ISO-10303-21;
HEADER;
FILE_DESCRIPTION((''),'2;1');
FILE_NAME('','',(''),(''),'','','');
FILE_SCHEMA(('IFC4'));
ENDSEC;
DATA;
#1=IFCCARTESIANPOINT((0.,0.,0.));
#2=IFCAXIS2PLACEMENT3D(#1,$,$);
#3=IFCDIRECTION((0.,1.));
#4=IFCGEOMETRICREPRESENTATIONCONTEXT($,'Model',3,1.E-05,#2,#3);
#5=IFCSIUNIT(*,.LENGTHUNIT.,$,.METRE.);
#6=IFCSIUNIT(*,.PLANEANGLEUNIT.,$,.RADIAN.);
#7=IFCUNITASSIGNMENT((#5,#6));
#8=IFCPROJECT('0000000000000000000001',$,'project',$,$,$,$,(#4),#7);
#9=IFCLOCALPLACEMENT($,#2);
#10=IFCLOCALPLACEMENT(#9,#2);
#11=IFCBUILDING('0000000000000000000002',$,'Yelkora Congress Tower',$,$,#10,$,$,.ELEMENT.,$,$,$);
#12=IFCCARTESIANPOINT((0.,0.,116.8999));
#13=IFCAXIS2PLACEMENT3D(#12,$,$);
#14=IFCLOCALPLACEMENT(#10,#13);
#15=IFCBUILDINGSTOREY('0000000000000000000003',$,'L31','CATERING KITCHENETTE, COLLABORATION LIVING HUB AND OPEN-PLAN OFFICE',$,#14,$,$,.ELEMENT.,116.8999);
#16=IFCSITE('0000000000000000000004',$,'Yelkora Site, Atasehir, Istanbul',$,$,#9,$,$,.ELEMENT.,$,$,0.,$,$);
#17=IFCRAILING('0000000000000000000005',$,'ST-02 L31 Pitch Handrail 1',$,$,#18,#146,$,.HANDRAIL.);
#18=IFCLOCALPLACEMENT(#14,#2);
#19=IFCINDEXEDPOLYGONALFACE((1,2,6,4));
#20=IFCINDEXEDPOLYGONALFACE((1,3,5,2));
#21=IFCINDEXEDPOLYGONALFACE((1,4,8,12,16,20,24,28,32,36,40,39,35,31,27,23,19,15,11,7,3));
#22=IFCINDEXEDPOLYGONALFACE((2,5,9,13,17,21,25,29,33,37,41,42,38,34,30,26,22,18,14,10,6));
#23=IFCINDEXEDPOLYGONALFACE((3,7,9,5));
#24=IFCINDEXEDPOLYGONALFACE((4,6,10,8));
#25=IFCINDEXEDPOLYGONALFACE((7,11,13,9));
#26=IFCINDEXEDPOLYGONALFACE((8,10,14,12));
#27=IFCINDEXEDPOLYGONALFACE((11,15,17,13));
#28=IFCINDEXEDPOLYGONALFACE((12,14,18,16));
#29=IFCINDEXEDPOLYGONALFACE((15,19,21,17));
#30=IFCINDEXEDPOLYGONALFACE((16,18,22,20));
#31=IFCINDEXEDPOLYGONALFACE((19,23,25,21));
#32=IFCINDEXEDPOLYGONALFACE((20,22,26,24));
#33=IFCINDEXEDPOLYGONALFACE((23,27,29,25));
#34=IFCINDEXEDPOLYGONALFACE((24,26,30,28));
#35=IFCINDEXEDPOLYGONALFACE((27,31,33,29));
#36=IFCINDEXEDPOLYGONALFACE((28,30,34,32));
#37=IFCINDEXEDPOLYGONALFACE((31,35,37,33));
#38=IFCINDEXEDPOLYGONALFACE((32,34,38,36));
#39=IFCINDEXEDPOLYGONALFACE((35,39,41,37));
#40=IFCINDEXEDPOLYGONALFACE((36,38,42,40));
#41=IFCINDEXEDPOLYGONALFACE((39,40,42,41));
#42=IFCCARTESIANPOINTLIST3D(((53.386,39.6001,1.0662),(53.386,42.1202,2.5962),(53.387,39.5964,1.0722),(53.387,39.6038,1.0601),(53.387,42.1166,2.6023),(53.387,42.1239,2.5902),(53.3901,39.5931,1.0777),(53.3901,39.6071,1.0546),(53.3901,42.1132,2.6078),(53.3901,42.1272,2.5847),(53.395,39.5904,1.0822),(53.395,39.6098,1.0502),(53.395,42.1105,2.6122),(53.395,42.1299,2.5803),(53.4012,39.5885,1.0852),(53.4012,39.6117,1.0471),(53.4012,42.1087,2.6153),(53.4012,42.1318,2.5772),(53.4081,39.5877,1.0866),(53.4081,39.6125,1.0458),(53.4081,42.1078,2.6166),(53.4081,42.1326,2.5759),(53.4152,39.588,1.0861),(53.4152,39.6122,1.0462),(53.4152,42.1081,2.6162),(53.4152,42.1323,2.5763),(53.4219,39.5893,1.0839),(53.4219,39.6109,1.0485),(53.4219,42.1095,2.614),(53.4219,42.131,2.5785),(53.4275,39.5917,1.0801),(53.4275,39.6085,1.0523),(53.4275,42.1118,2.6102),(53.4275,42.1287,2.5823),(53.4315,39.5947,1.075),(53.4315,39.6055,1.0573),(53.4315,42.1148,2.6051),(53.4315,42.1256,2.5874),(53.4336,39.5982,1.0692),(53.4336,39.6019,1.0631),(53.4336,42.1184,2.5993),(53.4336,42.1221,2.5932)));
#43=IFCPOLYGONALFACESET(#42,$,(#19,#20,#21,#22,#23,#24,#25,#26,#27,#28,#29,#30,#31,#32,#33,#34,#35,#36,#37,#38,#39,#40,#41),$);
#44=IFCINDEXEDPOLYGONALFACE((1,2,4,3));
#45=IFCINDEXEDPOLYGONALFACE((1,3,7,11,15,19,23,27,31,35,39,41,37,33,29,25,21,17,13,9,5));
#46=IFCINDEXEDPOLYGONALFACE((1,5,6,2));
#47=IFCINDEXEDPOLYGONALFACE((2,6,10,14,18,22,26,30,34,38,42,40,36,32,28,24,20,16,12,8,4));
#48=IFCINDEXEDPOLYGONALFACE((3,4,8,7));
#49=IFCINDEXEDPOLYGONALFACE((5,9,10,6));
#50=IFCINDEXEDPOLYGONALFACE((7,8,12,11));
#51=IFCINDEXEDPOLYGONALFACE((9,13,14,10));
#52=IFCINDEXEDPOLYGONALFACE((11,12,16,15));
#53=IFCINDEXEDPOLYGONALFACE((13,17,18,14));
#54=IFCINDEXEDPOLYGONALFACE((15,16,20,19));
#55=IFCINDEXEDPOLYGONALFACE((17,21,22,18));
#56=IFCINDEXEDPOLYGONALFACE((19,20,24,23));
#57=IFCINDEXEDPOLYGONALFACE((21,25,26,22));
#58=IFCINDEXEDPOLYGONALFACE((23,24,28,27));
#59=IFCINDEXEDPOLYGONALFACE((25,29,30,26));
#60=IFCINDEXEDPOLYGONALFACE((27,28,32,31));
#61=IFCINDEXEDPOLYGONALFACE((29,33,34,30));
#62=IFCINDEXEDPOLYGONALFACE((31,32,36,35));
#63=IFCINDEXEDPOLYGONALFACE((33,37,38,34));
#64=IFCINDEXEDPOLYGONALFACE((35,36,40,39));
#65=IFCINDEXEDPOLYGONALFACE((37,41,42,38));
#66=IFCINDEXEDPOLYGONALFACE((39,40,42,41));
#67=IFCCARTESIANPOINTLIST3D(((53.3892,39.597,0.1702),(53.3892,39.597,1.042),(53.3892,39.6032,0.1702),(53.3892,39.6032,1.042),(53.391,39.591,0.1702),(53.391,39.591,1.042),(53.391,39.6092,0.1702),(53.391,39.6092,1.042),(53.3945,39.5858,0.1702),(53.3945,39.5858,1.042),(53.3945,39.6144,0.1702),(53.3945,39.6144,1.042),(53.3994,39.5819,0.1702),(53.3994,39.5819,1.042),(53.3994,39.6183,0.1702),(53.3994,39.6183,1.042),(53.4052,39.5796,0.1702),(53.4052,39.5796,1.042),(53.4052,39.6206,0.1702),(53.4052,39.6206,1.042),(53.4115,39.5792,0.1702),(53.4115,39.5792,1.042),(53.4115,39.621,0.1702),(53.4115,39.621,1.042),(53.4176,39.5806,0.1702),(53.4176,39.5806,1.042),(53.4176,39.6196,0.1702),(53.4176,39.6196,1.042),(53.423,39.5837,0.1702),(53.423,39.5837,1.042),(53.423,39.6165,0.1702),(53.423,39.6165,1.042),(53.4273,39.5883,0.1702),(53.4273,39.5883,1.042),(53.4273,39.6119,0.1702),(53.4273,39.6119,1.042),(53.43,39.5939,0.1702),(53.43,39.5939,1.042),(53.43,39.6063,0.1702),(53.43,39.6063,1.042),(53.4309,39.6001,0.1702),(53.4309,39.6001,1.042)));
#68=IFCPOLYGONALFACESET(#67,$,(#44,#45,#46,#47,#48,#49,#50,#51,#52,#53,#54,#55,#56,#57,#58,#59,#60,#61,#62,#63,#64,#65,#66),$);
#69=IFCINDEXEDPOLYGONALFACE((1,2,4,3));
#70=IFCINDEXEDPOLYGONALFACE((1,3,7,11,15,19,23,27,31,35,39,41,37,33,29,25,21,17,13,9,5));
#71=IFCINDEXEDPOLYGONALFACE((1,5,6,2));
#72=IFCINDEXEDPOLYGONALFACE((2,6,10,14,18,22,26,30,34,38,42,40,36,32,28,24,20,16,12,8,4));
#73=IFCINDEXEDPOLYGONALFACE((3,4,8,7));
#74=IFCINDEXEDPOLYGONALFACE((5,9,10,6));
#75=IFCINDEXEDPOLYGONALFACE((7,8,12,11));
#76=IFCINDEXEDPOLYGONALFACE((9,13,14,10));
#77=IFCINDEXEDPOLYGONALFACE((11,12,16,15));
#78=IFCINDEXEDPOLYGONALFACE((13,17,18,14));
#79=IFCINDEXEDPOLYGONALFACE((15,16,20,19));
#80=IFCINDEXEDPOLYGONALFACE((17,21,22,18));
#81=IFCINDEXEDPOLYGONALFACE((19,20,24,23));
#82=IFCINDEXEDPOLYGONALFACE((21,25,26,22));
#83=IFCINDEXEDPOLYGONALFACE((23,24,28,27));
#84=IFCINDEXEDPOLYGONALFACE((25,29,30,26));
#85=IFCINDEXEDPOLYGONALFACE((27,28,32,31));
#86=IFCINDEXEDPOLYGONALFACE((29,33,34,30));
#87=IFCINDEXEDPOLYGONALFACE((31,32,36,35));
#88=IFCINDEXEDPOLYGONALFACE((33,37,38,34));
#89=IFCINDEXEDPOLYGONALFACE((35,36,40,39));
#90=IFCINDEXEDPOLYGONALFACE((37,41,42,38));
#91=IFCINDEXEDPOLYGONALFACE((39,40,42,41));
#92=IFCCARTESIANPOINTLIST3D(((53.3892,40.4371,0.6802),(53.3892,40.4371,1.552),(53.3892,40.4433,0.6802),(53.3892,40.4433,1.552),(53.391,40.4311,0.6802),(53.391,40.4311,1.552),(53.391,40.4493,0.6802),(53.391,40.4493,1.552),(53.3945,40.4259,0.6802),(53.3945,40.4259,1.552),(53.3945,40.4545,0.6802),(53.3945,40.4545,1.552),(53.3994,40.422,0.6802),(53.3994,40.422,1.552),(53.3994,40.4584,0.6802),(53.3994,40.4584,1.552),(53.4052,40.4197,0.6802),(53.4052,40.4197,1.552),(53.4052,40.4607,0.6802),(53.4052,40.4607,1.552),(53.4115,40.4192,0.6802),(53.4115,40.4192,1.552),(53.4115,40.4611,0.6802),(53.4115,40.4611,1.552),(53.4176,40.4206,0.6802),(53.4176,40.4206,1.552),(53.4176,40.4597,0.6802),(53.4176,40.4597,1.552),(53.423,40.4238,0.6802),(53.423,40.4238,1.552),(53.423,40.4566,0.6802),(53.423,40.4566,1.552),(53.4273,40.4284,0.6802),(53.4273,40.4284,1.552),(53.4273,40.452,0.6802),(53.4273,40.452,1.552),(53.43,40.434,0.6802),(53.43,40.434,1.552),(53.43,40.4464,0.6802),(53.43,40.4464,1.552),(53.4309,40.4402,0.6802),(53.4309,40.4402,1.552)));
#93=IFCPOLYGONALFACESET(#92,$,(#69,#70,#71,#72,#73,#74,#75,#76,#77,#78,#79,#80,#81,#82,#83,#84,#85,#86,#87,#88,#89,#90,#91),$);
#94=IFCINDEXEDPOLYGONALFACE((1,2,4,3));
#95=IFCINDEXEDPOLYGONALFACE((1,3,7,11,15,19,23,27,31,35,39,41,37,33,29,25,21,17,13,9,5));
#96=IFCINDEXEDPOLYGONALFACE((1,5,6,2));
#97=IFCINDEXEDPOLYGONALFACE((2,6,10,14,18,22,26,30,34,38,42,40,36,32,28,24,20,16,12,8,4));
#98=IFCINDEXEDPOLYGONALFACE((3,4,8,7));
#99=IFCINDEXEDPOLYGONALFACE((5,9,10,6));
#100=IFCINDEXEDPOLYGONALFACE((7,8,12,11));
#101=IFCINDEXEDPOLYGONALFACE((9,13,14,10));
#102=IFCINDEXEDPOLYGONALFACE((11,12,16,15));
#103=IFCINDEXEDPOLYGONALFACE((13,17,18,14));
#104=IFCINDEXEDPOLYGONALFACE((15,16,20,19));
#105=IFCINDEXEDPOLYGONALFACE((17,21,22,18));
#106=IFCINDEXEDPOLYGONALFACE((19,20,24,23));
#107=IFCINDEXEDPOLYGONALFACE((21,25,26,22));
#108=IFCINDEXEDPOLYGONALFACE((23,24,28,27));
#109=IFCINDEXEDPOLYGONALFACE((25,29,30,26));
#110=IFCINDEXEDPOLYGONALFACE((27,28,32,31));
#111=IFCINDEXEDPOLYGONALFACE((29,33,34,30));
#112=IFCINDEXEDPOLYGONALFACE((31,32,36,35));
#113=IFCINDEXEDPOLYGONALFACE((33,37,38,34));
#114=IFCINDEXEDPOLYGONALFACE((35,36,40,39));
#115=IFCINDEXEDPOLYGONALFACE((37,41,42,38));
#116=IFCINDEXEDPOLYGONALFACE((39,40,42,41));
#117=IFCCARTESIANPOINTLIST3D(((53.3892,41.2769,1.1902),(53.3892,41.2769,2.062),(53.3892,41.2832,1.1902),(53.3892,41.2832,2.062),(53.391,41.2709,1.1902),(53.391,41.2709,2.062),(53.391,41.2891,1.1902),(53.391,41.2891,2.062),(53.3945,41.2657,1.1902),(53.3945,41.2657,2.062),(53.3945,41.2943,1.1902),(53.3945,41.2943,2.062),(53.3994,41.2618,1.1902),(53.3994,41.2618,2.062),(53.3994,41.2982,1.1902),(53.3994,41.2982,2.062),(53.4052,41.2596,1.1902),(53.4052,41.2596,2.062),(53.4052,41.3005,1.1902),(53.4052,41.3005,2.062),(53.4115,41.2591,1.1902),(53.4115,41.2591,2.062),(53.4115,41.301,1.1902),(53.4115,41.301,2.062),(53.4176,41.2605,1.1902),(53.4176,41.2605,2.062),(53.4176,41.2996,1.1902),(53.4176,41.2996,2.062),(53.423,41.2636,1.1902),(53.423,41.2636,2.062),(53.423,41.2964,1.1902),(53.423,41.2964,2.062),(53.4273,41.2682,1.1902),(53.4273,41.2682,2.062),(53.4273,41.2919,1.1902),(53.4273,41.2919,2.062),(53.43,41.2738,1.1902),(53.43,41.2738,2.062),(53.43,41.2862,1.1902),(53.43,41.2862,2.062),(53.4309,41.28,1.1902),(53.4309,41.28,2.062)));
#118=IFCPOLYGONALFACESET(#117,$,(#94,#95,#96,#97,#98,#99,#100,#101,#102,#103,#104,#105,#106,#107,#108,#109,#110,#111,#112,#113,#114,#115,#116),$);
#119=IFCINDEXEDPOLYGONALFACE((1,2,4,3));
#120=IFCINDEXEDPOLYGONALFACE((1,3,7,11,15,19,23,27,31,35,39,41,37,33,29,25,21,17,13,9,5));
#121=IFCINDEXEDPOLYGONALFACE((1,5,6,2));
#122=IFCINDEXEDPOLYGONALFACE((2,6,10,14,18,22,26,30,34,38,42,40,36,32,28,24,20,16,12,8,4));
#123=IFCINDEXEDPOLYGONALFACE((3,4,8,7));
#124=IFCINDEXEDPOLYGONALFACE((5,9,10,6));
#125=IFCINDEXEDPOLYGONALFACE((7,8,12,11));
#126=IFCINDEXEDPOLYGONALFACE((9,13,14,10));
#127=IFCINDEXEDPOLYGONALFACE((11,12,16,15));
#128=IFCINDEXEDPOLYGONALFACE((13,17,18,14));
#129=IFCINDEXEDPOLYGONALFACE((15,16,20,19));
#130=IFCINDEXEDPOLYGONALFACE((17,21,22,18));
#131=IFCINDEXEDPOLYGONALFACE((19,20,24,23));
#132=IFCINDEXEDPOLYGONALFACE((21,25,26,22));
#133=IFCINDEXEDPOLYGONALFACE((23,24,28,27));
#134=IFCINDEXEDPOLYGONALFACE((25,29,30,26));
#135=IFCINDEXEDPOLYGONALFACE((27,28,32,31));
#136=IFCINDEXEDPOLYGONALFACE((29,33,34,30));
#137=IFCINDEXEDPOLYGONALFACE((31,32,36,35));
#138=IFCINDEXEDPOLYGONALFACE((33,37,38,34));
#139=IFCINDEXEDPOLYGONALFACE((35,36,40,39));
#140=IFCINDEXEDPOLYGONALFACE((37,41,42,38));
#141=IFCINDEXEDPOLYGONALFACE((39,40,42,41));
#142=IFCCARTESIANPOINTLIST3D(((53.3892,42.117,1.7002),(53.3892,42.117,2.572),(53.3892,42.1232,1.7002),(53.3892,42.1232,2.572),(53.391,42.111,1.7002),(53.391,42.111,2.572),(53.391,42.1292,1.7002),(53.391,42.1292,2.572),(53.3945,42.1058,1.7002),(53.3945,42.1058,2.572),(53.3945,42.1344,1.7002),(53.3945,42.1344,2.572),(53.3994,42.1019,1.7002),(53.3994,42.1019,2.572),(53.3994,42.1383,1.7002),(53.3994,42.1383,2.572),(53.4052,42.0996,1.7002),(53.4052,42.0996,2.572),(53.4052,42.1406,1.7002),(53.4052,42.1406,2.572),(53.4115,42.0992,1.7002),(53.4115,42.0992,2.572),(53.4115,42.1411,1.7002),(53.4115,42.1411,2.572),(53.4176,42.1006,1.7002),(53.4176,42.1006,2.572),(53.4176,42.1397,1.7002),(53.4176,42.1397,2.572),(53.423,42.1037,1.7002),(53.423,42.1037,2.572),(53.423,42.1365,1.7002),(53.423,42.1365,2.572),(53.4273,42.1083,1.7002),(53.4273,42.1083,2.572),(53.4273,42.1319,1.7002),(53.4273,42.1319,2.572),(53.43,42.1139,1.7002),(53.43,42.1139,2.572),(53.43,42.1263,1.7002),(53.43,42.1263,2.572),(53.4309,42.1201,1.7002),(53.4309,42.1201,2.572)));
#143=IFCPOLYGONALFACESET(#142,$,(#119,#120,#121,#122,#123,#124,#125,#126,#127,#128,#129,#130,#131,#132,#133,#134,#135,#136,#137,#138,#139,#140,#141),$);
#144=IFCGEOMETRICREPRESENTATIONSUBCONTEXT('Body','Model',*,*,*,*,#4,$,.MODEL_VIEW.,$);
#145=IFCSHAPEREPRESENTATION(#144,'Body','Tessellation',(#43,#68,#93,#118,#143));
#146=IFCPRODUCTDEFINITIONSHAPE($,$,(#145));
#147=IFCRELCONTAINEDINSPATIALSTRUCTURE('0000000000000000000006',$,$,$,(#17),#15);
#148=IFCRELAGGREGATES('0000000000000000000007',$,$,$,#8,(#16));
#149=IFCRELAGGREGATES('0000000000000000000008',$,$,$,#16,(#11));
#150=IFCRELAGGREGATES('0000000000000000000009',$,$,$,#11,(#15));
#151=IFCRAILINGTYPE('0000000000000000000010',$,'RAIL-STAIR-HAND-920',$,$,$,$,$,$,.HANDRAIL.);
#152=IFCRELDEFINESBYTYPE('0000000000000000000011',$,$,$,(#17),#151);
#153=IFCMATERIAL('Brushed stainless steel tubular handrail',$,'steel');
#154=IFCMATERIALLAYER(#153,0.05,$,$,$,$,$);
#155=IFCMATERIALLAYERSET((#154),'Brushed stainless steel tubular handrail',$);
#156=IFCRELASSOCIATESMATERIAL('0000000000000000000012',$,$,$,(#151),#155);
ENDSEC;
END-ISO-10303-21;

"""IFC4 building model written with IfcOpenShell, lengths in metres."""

from ifc_helpers import new_model, si_unit, direction, frame, origin, origin_2d, place, context, subcontext, project, spatial, circle, extrude, material, layer, layer_set, type_object, element, save


model = new_model("IFC4")

# Units and contexts
model_context = context("Model", 3, precision=1e-05, world=origin(), true_north=direction((0.0, 1.0)))
body_context = subcontext(model_context, "Body", "Model", "MODEL_VIEW")
ifc_project = project(units=[si_unit("LENGTHUNIT", "METRE"), si_unit("PLANEANGLEUNIT", "RADIAN")], contexts=[model_context])

# Site, building, storey
site_placement = place(None, origin())
site = spatial("IfcSite", under=ifc_project, at=site_placement, Name="Yelkora Site, Atasehir, Istanbul", CompositionType="ELEMENT", RefElevation=0.0)
building_placement = place(site_placement, origin())
building = spatial("IfcBuilding", under=site, at=building_placement, Name="Yelkora Congress Tower", CompositionType="ELEMENT")
storey_placement = place(building_placement, frame((0.0, 0.0, 116.8999)))
storey = spatial("IfcBuildingStorey", under=building, at=storey_placement, Name="L31", Description="CATERING KITCHENETTE, COLLABORATION LIVING HUB AND OPEN-PLAN OFFICE", CompositionType="ELEMENT", Elevation=116.8999)

# Railing
ifc_material_1 = material(Name="Brushed stainless steel tubular handrail", Category="steel")
ifc_layer_1 = layer(ifc_material_1, 0.05)
ifc_layer_set_1 = layer_set([ifc_layer_1], Name="Brushed stainless steel tubular handrail")
railing_type_1 = type_object("IfcRailingType", Name="RAIL-STAIR-HAND-920", PredefinedType="HANDRAIL", material=ifc_layer_set_1)
railing_1_placement = place(storey_placement, frame((53.4099, 39.6001, 0.1702)))
element("IfcRailing", 1, at=railing_1_placement, inside=storey, type_object=railing_type_1, Name="ST-02 L31 Pitch Handrail 1", PredefinedType="HANDRAIL", context=body_context, shape_type="SweptSolid", body=[
    extrude(circle(Radius=0.0239, at=origin_2d()), frame((0.0, 0.0, 0.896), z_axis=(0.0, 0.854785, 0.518982), x_axis=(-1.0, 0.0, 0.0)), (0.0, 0.0, 1.0), 2.9482),
    extrude(circle(Radius=0.021, at=origin_2d()), origin(), (0.0, 0.0, 1.0), 0.8718),
    extrude(circle(Radius=0.021, at=origin_2d()), frame((0.0, 0.8401, 0.51)), (0.0, 0.0, 1.0), 0.8718),
    extrude(circle(Radius=0.021, at=origin_2d()), frame((0.0, 1.6799, 1.02)), (0.0, 0.0, 1.0), 0.8718),
    extrude(circle(Radius=0.021, at=origin_2d()), frame((0.0, 2.52, 1.53)), (0.0, 0.0, 1.0), 0.8718),
])

save(model, "model.ifc")
